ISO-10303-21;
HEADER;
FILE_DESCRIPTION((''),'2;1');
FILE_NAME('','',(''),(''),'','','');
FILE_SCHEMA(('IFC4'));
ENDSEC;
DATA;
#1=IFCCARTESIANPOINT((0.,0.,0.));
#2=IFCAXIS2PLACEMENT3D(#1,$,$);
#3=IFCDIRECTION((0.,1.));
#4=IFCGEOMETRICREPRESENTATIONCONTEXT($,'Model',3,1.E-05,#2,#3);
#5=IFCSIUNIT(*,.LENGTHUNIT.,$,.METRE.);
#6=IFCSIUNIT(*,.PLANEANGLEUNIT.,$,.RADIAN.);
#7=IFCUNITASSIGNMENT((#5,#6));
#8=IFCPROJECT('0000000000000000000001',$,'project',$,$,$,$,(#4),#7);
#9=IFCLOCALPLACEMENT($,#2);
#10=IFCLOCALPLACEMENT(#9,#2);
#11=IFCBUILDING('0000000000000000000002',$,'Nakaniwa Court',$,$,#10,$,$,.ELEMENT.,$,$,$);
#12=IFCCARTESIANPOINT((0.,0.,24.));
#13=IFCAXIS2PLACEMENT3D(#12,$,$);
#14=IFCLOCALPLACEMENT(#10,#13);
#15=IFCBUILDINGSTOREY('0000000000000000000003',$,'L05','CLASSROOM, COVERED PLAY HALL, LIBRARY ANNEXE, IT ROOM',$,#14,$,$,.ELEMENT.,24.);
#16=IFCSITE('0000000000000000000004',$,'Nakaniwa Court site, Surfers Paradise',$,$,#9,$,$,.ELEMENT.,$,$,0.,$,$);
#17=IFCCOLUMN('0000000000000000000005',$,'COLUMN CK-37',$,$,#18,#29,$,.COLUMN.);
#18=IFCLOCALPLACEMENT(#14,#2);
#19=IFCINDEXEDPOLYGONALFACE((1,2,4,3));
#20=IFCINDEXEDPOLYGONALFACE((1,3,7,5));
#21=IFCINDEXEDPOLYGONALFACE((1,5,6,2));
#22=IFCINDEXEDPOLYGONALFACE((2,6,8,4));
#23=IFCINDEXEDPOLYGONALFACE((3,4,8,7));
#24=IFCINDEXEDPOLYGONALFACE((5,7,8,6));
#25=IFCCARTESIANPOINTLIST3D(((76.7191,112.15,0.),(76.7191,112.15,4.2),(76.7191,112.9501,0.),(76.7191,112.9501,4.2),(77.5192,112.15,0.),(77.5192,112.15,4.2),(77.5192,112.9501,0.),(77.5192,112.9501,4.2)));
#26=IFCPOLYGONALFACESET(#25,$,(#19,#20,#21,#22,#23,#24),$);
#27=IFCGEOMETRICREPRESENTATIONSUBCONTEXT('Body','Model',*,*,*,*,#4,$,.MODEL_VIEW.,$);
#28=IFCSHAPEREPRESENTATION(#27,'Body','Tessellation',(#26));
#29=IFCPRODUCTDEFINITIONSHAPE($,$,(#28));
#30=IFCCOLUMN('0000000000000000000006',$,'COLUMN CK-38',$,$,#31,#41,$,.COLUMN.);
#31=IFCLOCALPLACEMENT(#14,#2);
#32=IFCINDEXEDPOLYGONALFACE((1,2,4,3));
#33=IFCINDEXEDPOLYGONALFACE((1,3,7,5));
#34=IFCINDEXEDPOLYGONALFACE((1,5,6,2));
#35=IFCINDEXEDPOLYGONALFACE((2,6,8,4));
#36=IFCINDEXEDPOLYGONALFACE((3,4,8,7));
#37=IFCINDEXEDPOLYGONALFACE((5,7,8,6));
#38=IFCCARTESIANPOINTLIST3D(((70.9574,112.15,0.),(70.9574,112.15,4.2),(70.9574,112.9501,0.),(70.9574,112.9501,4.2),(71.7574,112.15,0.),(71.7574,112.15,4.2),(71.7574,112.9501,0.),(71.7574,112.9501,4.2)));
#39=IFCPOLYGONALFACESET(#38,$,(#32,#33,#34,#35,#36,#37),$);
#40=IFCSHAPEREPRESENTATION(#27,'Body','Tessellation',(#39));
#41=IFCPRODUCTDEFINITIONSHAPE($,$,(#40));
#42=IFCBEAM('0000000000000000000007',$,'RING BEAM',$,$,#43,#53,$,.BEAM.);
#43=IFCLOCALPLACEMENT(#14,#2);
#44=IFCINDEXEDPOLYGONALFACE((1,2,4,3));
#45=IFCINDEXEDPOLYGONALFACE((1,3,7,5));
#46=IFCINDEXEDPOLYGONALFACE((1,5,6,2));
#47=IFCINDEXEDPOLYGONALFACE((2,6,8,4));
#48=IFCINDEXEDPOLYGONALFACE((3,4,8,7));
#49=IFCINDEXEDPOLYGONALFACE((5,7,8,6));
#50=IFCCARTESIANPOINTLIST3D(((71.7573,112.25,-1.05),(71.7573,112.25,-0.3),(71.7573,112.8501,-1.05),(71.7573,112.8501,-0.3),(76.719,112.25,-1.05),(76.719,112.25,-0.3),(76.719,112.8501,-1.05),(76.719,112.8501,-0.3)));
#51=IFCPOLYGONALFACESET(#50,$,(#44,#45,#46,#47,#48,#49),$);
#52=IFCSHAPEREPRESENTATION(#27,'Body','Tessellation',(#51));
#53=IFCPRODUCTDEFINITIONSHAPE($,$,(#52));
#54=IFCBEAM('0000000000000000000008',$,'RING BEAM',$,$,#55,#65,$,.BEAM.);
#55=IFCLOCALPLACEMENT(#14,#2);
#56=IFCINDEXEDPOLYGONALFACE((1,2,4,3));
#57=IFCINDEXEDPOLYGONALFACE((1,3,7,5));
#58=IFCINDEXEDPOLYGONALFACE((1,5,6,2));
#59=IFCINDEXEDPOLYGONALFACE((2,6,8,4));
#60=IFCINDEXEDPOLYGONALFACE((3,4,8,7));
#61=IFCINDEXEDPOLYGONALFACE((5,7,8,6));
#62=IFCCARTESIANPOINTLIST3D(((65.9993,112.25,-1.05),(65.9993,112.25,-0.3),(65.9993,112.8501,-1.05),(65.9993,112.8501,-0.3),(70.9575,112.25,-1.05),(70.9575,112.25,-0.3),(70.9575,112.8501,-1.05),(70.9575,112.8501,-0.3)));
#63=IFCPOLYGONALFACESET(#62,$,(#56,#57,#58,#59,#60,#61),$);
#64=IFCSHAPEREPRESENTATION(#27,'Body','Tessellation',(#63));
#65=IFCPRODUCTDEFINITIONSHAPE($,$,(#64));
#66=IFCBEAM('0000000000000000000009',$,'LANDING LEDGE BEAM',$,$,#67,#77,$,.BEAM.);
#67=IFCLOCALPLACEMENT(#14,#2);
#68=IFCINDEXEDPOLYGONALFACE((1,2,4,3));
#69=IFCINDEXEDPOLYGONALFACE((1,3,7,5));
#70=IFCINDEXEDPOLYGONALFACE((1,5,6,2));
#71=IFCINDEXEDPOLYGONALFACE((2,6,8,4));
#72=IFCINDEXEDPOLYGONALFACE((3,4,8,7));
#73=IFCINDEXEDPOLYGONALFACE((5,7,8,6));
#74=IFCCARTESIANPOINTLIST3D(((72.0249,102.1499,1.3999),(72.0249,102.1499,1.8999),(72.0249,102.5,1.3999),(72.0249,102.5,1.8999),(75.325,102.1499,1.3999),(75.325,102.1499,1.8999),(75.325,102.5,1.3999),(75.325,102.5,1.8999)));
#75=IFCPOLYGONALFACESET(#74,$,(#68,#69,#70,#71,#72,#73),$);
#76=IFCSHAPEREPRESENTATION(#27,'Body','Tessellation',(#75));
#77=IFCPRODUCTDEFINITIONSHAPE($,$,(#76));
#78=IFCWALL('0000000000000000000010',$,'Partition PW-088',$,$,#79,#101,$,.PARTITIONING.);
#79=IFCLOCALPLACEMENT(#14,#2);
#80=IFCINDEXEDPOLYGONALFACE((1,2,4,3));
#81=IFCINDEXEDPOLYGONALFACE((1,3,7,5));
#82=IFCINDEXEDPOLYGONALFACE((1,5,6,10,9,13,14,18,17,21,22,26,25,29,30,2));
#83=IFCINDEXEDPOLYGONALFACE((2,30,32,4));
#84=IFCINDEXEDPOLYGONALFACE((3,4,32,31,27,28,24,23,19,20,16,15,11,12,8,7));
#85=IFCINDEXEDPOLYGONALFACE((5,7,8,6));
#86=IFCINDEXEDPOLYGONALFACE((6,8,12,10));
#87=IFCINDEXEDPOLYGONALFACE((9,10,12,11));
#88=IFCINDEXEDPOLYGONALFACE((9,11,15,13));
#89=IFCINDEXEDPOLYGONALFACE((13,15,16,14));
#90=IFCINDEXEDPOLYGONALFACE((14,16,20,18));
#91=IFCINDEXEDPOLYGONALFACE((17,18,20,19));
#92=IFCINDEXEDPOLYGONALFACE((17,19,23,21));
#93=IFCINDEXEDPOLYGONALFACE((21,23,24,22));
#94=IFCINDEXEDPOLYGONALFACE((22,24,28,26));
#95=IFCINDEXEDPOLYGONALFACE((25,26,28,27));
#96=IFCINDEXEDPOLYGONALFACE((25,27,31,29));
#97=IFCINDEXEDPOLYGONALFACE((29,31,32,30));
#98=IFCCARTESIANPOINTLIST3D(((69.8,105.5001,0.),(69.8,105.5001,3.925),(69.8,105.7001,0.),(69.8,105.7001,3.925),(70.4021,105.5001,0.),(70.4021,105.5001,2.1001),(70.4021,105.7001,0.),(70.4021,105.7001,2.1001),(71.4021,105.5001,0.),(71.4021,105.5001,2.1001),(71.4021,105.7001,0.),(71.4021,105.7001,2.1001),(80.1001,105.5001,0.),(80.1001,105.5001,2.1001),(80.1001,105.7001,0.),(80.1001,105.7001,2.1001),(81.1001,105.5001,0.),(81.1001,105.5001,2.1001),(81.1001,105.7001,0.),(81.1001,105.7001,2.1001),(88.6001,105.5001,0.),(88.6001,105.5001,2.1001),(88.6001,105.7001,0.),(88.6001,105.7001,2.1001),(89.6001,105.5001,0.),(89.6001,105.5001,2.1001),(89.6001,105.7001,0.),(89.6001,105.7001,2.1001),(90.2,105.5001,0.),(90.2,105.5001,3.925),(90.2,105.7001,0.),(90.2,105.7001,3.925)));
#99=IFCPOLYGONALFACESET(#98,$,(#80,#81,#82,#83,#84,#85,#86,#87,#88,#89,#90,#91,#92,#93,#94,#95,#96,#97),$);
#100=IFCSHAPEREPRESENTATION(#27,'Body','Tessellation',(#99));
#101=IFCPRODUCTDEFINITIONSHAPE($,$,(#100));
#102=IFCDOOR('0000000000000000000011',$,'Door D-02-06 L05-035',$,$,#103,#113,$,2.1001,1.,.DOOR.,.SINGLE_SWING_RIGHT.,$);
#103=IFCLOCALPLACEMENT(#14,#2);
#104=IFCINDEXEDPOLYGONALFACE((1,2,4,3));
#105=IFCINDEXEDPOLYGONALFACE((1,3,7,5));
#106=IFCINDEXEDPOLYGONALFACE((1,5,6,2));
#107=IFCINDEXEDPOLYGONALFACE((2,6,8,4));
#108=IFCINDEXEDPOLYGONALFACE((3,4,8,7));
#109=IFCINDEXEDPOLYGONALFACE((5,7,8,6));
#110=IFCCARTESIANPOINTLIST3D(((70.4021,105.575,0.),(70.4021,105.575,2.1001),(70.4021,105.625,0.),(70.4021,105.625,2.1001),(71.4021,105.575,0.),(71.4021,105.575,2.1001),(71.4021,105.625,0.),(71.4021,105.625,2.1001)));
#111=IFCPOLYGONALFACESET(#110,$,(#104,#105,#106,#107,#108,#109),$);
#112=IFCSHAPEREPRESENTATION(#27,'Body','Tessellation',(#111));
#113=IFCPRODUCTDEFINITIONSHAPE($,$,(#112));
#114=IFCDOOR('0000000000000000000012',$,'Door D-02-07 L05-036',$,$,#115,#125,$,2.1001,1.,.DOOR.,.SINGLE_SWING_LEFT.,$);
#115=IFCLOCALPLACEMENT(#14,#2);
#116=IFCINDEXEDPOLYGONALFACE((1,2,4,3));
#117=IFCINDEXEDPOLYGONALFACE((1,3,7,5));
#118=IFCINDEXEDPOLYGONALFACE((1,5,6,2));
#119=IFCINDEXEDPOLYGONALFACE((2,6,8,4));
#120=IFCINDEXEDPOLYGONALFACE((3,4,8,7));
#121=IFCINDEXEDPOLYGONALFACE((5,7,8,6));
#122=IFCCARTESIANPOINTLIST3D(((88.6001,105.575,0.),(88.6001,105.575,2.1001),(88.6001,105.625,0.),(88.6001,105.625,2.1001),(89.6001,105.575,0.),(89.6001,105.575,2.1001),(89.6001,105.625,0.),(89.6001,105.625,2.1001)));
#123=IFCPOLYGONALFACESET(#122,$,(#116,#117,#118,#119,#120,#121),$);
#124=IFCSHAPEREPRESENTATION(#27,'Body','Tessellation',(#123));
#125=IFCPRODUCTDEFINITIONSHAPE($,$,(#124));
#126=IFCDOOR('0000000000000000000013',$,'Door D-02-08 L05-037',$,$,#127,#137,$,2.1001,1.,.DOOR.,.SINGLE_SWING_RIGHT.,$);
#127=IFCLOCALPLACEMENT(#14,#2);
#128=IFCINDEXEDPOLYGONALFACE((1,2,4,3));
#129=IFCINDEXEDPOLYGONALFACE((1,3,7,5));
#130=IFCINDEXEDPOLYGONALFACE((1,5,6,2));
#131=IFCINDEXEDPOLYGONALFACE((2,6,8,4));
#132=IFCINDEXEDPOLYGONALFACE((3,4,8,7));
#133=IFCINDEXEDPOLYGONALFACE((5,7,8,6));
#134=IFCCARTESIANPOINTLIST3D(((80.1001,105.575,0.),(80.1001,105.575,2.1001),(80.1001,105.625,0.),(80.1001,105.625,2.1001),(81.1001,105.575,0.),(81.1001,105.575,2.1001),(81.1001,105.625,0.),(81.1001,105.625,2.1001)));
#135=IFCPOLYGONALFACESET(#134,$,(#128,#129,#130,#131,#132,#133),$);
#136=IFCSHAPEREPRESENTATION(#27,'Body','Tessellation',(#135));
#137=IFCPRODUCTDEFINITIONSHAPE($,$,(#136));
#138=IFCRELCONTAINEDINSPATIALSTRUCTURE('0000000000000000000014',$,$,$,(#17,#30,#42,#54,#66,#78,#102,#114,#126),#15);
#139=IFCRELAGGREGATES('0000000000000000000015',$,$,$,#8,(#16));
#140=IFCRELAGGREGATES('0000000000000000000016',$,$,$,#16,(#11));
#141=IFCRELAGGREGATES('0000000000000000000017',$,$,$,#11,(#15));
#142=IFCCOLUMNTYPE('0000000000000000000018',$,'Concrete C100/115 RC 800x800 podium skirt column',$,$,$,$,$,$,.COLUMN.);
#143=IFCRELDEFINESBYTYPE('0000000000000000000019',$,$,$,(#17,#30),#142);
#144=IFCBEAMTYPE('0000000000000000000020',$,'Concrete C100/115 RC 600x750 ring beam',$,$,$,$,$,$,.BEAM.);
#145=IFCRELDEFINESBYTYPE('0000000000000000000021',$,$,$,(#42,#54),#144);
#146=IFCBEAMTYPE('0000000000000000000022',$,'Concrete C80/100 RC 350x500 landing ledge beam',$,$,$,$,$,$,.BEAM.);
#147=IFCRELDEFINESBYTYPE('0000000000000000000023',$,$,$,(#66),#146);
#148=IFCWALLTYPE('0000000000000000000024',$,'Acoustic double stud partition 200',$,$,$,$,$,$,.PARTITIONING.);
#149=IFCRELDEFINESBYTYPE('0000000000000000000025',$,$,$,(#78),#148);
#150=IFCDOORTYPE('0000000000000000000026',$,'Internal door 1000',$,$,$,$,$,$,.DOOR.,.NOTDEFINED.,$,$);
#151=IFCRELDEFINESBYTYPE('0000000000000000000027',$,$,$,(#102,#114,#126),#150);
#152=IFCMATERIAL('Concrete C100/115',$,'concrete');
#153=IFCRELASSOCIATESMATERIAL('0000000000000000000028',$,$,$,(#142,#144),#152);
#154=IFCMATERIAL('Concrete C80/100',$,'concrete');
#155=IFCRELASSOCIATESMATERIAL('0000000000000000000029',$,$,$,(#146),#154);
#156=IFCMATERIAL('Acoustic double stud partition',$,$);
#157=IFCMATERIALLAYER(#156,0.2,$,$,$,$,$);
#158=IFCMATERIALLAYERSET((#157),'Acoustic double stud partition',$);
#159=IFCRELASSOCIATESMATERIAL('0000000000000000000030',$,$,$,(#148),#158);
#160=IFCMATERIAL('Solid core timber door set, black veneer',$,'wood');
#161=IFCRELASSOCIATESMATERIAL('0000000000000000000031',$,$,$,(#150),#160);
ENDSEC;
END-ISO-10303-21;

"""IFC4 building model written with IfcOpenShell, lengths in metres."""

from ifc_helpers import new_model, si_unit, direction, frame, frame_2d, origin, origin_2d, place, context, subcontext, project, spatial, rectangle, extrude, material, layer, layer_set, material_profile, profile_set, type_object, element, fill, save


model = new_model("IFC4")

# Units and contexts
model_context = context("Model", 3, precision=1e-05, world=origin(), true_north=direction((0.0, 1.0)))
body_context = subcontext(model_context, "Body", "Model", "MODEL_VIEW")
ifc_project = project(units=[si_unit("LENGTHUNIT", "METRE"), si_unit("PLANEANGLEUNIT", "RADIAN")], contexts=[model_context])

# Site, building, storey
site_placement = place(None, origin())
site = spatial("IfcSite", under=ifc_project, at=site_placement, Name="Nakaniwa Court site, Surfers Paradise", CompositionType="ELEMENT", RefElevation=0.0)
building_placement = place(site_placement, origin())
building = spatial("IfcBuilding", under=site, at=building_placement, Name="Nakaniwa Court", CompositionType="ELEMENT")
storey_placement = place(building_placement, frame((0.0, 0.0, 24.0)))
storey = spatial("IfcBuildingStorey", under=building, at=storey_placement, Name="L05", Description="CLASSROOM, COVERED PLAY HALL, LIBRARY ANNEXE, IT ROOM", CompositionType="ELEMENT", Elevation=24.0)

# Columns
ifc_material_1 = material(Name="Concrete C100/115", Category="concrete")
ifc_material_profile_1 = material_profile(ifc_material_1, rectangle(XDim=0.8, YDim=0.8, at=origin_2d()), Name="Concrete C100/115 RC 800x800 podium skirt column")
ifc_profile_set_1 = profile_set([ifc_material_profile_1], Name="Concrete C100/115")
column_type = type_object("IfcColumnType", Name="Concrete C100/115 RC 800x800 podium skirt column", PredefinedType="COLUMN", material=ifc_profile_set_1)
for number, where, z_axis, x_axis, name in (
    (1, (77.1191, 112.55, 0.0), (0.0, 0.0, 1.0), (-1.0, 0.0, 0.0), "COLUMN CK-37"),
    (2, (71.3574, 112.55, 0.0), (0.0, 0.0, 1.0), (-1.0, 0.0, 0.0), "COLUMN CK-38"),
):
    element("IfcColumn", number, at=place(storey_placement, frame(where, z_axis=z_axis, x_axis=x_axis)), inside=storey, type_object=column_type, Name=name, PredefinedType="COLUMN", context=body_context, shape_type="SweptSolid", body=[
        extrude(rectangle(XDim=0.8, YDim=0.8, at=origin_2d()), origin(), (0.0, 0.0, 1.0), 4.2),
    ])

# Beams
ifc_material_profile_2 = material_profile(ifc_material_1, rectangle(XDim=0.6001, YDim=0.75, at=origin_2d()), Name="Concrete C100/115 RC 600x750 ring beam")
ifc_profile_set_2 = profile_set([ifc_material_profile_2], Name="Concrete C100/115")
beam_type_1 = type_object("IfcBeamType", Name="Concrete C100/115 RC 600x750 ring beam", PredefinedType="BEAM", material=ifc_profile_set_2)
beam_1_placement = place(storey_placement, frame((76.719, 112.55, -0.675), z_axis=(-1.0, 0.0, 0.0), x_axis=(0.0, -1.0, 0.0)))
element("IfcBeam", 3, at=beam_1_placement, inside=storey, type_object=beam_type_1, Name="RING BEAM", PredefinedType="BEAM", context=body_context, shape_type="SweptSolid", body=[
    extrude(rectangle(XDim=0.6001, YDim=0.75, at=origin_2d()), origin(), (0.0, 0.0, 1.0), 4.9617),
])
beam_2_placement = place(storey_placement, frame((70.9575, 112.55, -0.675), z_axis=(-1.0, 0.0, 0.0), x_axis=(0.0, -1.0, 0.0)))
element("IfcBeam", 4, at=beam_2_placement, inside=storey, type_object=beam_type_1, Name="RING BEAM", PredefinedType="BEAM", context=body_context, shape_type="SweptSolid", body=[
    extrude(rectangle(XDim=0.6001, YDim=0.75, at=origin_2d()), origin(), (0.0, 0.0, 1.0), 4.9583),
])
ifc_material_2 = material(Name="Concrete C80/100", Category="concrete")
ifc_material_profile_3 = material_profile(ifc_material_2, rectangle(XDim=0.3501, YDim=0.5, at=origin_2d()), Name="Concrete C80/100 RC 350x500 landing ledge beam")
ifc_profile_set_3 = profile_set([ifc_material_profile_3], Name="Concrete C80/100")
beam_type_2 = type_object("IfcBeamType", Name="Concrete C80/100 RC 350x500 landing ledge beam", PredefinedType="BEAM", material=ifc_profile_set_3)
beam_3_placement = place(storey_placement, frame((72.0249, 102.325, 1.6499), z_axis=(1.0, 0.0, 0.0), x_axis=(0.0, 1.0, 0.0)))
element("IfcBeam", 5, at=beam_3_placement, inside=storey, type_object=beam_type_2, Name="LANDING LEDGE BEAM", PredefinedType="BEAM", context=body_context, shape_type="SweptSolid", body=[
    extrude(rectangle(XDim=0.3501, YDim=0.5, at=origin_2d()), origin(), (0.0, 0.0, 1.0), 3.3),
])

# Wall, openings, doors
ifc_material_3 = material(Name="Acoustic double stud partition")
ifc_layer_1 = layer(ifc_material_3, 0.2)
ifc_layer_set_1 = layer_set([ifc_layer_1], Name="Acoustic double stud partition")
wall_type_1 = type_object("IfcWallType", Name="Acoustic double stud partition 200", PredefinedType="PARTITIONING", material=ifc_layer_set_1)
wall_1_placement = place(storey_placement, frame((69.8, 105.6001, 0.0), z_axis=(0.0, 0.0, 1.0), x_axis=(1.0, 0.0, 0.0)))
wall_1 = element("IfcWall", 6, at=wall_1_placement, inside=storey, type_object=wall_type_1, Name="Partition PW-088", PredefinedType="PARTITIONING", context=body_context, shape_type="SweptSolid", body=[
    extrude(rectangle(XDim=20.3999, YDim=0.2, at=frame_2d((10.2, 0.0))), origin(), (0.0, 0.0, 1.0), 3.925),
])
opening_1_placement = place(wall_1_placement, frame((0.6021, 0.0, 0.0)))
opening_1 = element("IfcOpeningElement", 7, at=opening_1_placement, cuts=wall_1, PredefinedType="OPENING", context=body_context, shape_type="SweptSolid", body=[
    extrude(rectangle(XDim=1.0, YDim=2.1001, at=frame_2d((0.5, 1.05))), frame((0.0, 0.1099, 0.0), z_axis=(0.0, -1.0, 0.0), x_axis=(1.0, 0.0, 0.0)), (0.0, 0.0, 1.0), 0.22),
])
opening_2_placement = place(wall_1_placement, frame((18.8, 0.0, 0.0)))
opening_2 = element("IfcOpeningElement", 8, at=opening_2_placement, cuts=wall_1, PredefinedType="OPENING", context=body_context, shape_type="SweptSolid", body=[
    extrude(rectangle(XDim=1.0, YDim=2.1001, at=frame_2d((0.5, 1.05))), frame((0.0, 0.1099, 0.0), z_axis=(0.0, -1.0, 0.0), x_axis=(1.0, 0.0, 0.0)), (0.0, 0.0, 1.0), 0.22),
])
opening_3_placement = place(wall_1_placement, frame((10.3, 0.0, 0.0)))
opening_3 = element("IfcOpeningElement", 9, at=opening_3_placement, cuts=wall_1, PredefinedType="OPENING", context=body_context, shape_type="SweptSolid", body=[
    extrude(rectangle(XDim=1.0, YDim=2.1001, at=frame_2d((0.5, 1.05))), frame((0.0, 0.1099, 0.0), z_axis=(0.0, -1.0, 0.0), x_axis=(1.0, 0.0, 0.0)), (0.0, 0.0, 1.0), 0.22),
])
ifc_material_4 = material(Name="Solid core timber door set, black veneer", Category="wood")
door_type = type_object("IfcDoorType", Name="Internal door 1000", OperationType="NOTDEFINED", PredefinedType="DOOR", material=ifc_material_4)
door_1_placement = place(opening_1_placement, origin())
door_1 = element("IfcDoor", 10, at=door_1_placement, inside=storey, type_object=door_type, Name="Door D-02-06 L05-035", OperationType="SINGLE_SWING_RIGHT", OverallHeight=2.1001, OverallWidth=1.0, PredefinedType="DOOR", context=body_context, shape_type="SweptSolid", body=[
    extrude(rectangle(XDim=1.0, YDim=2.1001, at=frame_2d((0.5, 1.05))), frame((0.0, 0.0249, 0.0), z_axis=(0.0, -1.0, 0.0), x_axis=(1.0, 0.0, 0.0)), (0.0, 0.0, 1.0), 0.05),
])
fill(opening_1, door_1)
door_2_placement = place(opening_2_placement, origin())
door_2 = element("IfcDoor", 11, at=door_2_placement, inside=storey, type_object=door_type, Name="Door D-02-07 L05-036", OperationType="SINGLE_SWING_LEFT", OverallHeight=2.1001, OverallWidth=1.0, PredefinedType="DOOR", context=body_context, shape_type="SweptSolid", body=[
    extrude(rectangle(XDim=1.0, YDim=2.1001, at=frame_2d((0.5, 1.05))), frame((0.0, 0.0249, 0.0), z_axis=(0.0, -1.0, 0.0), x_axis=(1.0, 0.0, 0.0)), (0.0, 0.0, 1.0), 0.05),
])
fill(opening_2, door_2)
door_3_placement = place(opening_3_placement, origin())
door_3 = element("IfcDoor", 12, at=door_3_placement, inside=storey, type_object=door_type, Name="Door D-02-08 L05-037", OperationType="SINGLE_SWING_RIGHT", OverallHeight=2.1001, OverallWidth=1.0, PredefinedType="DOOR", context=body_context, shape_type="SweptSolid", body=[
    extrude(rectangle(XDim=1.0, YDim=2.1001, at=frame_2d((0.5, 1.05))), frame((0.0, 0.0249, 0.0), z_axis=(0.0, -1.0, 0.0), x_axis=(1.0, 0.0, 0.0)), (0.0, 0.0, 1.0), 0.05),
])
fill(opening_3, door_3)

save(model, "model.ifc")
